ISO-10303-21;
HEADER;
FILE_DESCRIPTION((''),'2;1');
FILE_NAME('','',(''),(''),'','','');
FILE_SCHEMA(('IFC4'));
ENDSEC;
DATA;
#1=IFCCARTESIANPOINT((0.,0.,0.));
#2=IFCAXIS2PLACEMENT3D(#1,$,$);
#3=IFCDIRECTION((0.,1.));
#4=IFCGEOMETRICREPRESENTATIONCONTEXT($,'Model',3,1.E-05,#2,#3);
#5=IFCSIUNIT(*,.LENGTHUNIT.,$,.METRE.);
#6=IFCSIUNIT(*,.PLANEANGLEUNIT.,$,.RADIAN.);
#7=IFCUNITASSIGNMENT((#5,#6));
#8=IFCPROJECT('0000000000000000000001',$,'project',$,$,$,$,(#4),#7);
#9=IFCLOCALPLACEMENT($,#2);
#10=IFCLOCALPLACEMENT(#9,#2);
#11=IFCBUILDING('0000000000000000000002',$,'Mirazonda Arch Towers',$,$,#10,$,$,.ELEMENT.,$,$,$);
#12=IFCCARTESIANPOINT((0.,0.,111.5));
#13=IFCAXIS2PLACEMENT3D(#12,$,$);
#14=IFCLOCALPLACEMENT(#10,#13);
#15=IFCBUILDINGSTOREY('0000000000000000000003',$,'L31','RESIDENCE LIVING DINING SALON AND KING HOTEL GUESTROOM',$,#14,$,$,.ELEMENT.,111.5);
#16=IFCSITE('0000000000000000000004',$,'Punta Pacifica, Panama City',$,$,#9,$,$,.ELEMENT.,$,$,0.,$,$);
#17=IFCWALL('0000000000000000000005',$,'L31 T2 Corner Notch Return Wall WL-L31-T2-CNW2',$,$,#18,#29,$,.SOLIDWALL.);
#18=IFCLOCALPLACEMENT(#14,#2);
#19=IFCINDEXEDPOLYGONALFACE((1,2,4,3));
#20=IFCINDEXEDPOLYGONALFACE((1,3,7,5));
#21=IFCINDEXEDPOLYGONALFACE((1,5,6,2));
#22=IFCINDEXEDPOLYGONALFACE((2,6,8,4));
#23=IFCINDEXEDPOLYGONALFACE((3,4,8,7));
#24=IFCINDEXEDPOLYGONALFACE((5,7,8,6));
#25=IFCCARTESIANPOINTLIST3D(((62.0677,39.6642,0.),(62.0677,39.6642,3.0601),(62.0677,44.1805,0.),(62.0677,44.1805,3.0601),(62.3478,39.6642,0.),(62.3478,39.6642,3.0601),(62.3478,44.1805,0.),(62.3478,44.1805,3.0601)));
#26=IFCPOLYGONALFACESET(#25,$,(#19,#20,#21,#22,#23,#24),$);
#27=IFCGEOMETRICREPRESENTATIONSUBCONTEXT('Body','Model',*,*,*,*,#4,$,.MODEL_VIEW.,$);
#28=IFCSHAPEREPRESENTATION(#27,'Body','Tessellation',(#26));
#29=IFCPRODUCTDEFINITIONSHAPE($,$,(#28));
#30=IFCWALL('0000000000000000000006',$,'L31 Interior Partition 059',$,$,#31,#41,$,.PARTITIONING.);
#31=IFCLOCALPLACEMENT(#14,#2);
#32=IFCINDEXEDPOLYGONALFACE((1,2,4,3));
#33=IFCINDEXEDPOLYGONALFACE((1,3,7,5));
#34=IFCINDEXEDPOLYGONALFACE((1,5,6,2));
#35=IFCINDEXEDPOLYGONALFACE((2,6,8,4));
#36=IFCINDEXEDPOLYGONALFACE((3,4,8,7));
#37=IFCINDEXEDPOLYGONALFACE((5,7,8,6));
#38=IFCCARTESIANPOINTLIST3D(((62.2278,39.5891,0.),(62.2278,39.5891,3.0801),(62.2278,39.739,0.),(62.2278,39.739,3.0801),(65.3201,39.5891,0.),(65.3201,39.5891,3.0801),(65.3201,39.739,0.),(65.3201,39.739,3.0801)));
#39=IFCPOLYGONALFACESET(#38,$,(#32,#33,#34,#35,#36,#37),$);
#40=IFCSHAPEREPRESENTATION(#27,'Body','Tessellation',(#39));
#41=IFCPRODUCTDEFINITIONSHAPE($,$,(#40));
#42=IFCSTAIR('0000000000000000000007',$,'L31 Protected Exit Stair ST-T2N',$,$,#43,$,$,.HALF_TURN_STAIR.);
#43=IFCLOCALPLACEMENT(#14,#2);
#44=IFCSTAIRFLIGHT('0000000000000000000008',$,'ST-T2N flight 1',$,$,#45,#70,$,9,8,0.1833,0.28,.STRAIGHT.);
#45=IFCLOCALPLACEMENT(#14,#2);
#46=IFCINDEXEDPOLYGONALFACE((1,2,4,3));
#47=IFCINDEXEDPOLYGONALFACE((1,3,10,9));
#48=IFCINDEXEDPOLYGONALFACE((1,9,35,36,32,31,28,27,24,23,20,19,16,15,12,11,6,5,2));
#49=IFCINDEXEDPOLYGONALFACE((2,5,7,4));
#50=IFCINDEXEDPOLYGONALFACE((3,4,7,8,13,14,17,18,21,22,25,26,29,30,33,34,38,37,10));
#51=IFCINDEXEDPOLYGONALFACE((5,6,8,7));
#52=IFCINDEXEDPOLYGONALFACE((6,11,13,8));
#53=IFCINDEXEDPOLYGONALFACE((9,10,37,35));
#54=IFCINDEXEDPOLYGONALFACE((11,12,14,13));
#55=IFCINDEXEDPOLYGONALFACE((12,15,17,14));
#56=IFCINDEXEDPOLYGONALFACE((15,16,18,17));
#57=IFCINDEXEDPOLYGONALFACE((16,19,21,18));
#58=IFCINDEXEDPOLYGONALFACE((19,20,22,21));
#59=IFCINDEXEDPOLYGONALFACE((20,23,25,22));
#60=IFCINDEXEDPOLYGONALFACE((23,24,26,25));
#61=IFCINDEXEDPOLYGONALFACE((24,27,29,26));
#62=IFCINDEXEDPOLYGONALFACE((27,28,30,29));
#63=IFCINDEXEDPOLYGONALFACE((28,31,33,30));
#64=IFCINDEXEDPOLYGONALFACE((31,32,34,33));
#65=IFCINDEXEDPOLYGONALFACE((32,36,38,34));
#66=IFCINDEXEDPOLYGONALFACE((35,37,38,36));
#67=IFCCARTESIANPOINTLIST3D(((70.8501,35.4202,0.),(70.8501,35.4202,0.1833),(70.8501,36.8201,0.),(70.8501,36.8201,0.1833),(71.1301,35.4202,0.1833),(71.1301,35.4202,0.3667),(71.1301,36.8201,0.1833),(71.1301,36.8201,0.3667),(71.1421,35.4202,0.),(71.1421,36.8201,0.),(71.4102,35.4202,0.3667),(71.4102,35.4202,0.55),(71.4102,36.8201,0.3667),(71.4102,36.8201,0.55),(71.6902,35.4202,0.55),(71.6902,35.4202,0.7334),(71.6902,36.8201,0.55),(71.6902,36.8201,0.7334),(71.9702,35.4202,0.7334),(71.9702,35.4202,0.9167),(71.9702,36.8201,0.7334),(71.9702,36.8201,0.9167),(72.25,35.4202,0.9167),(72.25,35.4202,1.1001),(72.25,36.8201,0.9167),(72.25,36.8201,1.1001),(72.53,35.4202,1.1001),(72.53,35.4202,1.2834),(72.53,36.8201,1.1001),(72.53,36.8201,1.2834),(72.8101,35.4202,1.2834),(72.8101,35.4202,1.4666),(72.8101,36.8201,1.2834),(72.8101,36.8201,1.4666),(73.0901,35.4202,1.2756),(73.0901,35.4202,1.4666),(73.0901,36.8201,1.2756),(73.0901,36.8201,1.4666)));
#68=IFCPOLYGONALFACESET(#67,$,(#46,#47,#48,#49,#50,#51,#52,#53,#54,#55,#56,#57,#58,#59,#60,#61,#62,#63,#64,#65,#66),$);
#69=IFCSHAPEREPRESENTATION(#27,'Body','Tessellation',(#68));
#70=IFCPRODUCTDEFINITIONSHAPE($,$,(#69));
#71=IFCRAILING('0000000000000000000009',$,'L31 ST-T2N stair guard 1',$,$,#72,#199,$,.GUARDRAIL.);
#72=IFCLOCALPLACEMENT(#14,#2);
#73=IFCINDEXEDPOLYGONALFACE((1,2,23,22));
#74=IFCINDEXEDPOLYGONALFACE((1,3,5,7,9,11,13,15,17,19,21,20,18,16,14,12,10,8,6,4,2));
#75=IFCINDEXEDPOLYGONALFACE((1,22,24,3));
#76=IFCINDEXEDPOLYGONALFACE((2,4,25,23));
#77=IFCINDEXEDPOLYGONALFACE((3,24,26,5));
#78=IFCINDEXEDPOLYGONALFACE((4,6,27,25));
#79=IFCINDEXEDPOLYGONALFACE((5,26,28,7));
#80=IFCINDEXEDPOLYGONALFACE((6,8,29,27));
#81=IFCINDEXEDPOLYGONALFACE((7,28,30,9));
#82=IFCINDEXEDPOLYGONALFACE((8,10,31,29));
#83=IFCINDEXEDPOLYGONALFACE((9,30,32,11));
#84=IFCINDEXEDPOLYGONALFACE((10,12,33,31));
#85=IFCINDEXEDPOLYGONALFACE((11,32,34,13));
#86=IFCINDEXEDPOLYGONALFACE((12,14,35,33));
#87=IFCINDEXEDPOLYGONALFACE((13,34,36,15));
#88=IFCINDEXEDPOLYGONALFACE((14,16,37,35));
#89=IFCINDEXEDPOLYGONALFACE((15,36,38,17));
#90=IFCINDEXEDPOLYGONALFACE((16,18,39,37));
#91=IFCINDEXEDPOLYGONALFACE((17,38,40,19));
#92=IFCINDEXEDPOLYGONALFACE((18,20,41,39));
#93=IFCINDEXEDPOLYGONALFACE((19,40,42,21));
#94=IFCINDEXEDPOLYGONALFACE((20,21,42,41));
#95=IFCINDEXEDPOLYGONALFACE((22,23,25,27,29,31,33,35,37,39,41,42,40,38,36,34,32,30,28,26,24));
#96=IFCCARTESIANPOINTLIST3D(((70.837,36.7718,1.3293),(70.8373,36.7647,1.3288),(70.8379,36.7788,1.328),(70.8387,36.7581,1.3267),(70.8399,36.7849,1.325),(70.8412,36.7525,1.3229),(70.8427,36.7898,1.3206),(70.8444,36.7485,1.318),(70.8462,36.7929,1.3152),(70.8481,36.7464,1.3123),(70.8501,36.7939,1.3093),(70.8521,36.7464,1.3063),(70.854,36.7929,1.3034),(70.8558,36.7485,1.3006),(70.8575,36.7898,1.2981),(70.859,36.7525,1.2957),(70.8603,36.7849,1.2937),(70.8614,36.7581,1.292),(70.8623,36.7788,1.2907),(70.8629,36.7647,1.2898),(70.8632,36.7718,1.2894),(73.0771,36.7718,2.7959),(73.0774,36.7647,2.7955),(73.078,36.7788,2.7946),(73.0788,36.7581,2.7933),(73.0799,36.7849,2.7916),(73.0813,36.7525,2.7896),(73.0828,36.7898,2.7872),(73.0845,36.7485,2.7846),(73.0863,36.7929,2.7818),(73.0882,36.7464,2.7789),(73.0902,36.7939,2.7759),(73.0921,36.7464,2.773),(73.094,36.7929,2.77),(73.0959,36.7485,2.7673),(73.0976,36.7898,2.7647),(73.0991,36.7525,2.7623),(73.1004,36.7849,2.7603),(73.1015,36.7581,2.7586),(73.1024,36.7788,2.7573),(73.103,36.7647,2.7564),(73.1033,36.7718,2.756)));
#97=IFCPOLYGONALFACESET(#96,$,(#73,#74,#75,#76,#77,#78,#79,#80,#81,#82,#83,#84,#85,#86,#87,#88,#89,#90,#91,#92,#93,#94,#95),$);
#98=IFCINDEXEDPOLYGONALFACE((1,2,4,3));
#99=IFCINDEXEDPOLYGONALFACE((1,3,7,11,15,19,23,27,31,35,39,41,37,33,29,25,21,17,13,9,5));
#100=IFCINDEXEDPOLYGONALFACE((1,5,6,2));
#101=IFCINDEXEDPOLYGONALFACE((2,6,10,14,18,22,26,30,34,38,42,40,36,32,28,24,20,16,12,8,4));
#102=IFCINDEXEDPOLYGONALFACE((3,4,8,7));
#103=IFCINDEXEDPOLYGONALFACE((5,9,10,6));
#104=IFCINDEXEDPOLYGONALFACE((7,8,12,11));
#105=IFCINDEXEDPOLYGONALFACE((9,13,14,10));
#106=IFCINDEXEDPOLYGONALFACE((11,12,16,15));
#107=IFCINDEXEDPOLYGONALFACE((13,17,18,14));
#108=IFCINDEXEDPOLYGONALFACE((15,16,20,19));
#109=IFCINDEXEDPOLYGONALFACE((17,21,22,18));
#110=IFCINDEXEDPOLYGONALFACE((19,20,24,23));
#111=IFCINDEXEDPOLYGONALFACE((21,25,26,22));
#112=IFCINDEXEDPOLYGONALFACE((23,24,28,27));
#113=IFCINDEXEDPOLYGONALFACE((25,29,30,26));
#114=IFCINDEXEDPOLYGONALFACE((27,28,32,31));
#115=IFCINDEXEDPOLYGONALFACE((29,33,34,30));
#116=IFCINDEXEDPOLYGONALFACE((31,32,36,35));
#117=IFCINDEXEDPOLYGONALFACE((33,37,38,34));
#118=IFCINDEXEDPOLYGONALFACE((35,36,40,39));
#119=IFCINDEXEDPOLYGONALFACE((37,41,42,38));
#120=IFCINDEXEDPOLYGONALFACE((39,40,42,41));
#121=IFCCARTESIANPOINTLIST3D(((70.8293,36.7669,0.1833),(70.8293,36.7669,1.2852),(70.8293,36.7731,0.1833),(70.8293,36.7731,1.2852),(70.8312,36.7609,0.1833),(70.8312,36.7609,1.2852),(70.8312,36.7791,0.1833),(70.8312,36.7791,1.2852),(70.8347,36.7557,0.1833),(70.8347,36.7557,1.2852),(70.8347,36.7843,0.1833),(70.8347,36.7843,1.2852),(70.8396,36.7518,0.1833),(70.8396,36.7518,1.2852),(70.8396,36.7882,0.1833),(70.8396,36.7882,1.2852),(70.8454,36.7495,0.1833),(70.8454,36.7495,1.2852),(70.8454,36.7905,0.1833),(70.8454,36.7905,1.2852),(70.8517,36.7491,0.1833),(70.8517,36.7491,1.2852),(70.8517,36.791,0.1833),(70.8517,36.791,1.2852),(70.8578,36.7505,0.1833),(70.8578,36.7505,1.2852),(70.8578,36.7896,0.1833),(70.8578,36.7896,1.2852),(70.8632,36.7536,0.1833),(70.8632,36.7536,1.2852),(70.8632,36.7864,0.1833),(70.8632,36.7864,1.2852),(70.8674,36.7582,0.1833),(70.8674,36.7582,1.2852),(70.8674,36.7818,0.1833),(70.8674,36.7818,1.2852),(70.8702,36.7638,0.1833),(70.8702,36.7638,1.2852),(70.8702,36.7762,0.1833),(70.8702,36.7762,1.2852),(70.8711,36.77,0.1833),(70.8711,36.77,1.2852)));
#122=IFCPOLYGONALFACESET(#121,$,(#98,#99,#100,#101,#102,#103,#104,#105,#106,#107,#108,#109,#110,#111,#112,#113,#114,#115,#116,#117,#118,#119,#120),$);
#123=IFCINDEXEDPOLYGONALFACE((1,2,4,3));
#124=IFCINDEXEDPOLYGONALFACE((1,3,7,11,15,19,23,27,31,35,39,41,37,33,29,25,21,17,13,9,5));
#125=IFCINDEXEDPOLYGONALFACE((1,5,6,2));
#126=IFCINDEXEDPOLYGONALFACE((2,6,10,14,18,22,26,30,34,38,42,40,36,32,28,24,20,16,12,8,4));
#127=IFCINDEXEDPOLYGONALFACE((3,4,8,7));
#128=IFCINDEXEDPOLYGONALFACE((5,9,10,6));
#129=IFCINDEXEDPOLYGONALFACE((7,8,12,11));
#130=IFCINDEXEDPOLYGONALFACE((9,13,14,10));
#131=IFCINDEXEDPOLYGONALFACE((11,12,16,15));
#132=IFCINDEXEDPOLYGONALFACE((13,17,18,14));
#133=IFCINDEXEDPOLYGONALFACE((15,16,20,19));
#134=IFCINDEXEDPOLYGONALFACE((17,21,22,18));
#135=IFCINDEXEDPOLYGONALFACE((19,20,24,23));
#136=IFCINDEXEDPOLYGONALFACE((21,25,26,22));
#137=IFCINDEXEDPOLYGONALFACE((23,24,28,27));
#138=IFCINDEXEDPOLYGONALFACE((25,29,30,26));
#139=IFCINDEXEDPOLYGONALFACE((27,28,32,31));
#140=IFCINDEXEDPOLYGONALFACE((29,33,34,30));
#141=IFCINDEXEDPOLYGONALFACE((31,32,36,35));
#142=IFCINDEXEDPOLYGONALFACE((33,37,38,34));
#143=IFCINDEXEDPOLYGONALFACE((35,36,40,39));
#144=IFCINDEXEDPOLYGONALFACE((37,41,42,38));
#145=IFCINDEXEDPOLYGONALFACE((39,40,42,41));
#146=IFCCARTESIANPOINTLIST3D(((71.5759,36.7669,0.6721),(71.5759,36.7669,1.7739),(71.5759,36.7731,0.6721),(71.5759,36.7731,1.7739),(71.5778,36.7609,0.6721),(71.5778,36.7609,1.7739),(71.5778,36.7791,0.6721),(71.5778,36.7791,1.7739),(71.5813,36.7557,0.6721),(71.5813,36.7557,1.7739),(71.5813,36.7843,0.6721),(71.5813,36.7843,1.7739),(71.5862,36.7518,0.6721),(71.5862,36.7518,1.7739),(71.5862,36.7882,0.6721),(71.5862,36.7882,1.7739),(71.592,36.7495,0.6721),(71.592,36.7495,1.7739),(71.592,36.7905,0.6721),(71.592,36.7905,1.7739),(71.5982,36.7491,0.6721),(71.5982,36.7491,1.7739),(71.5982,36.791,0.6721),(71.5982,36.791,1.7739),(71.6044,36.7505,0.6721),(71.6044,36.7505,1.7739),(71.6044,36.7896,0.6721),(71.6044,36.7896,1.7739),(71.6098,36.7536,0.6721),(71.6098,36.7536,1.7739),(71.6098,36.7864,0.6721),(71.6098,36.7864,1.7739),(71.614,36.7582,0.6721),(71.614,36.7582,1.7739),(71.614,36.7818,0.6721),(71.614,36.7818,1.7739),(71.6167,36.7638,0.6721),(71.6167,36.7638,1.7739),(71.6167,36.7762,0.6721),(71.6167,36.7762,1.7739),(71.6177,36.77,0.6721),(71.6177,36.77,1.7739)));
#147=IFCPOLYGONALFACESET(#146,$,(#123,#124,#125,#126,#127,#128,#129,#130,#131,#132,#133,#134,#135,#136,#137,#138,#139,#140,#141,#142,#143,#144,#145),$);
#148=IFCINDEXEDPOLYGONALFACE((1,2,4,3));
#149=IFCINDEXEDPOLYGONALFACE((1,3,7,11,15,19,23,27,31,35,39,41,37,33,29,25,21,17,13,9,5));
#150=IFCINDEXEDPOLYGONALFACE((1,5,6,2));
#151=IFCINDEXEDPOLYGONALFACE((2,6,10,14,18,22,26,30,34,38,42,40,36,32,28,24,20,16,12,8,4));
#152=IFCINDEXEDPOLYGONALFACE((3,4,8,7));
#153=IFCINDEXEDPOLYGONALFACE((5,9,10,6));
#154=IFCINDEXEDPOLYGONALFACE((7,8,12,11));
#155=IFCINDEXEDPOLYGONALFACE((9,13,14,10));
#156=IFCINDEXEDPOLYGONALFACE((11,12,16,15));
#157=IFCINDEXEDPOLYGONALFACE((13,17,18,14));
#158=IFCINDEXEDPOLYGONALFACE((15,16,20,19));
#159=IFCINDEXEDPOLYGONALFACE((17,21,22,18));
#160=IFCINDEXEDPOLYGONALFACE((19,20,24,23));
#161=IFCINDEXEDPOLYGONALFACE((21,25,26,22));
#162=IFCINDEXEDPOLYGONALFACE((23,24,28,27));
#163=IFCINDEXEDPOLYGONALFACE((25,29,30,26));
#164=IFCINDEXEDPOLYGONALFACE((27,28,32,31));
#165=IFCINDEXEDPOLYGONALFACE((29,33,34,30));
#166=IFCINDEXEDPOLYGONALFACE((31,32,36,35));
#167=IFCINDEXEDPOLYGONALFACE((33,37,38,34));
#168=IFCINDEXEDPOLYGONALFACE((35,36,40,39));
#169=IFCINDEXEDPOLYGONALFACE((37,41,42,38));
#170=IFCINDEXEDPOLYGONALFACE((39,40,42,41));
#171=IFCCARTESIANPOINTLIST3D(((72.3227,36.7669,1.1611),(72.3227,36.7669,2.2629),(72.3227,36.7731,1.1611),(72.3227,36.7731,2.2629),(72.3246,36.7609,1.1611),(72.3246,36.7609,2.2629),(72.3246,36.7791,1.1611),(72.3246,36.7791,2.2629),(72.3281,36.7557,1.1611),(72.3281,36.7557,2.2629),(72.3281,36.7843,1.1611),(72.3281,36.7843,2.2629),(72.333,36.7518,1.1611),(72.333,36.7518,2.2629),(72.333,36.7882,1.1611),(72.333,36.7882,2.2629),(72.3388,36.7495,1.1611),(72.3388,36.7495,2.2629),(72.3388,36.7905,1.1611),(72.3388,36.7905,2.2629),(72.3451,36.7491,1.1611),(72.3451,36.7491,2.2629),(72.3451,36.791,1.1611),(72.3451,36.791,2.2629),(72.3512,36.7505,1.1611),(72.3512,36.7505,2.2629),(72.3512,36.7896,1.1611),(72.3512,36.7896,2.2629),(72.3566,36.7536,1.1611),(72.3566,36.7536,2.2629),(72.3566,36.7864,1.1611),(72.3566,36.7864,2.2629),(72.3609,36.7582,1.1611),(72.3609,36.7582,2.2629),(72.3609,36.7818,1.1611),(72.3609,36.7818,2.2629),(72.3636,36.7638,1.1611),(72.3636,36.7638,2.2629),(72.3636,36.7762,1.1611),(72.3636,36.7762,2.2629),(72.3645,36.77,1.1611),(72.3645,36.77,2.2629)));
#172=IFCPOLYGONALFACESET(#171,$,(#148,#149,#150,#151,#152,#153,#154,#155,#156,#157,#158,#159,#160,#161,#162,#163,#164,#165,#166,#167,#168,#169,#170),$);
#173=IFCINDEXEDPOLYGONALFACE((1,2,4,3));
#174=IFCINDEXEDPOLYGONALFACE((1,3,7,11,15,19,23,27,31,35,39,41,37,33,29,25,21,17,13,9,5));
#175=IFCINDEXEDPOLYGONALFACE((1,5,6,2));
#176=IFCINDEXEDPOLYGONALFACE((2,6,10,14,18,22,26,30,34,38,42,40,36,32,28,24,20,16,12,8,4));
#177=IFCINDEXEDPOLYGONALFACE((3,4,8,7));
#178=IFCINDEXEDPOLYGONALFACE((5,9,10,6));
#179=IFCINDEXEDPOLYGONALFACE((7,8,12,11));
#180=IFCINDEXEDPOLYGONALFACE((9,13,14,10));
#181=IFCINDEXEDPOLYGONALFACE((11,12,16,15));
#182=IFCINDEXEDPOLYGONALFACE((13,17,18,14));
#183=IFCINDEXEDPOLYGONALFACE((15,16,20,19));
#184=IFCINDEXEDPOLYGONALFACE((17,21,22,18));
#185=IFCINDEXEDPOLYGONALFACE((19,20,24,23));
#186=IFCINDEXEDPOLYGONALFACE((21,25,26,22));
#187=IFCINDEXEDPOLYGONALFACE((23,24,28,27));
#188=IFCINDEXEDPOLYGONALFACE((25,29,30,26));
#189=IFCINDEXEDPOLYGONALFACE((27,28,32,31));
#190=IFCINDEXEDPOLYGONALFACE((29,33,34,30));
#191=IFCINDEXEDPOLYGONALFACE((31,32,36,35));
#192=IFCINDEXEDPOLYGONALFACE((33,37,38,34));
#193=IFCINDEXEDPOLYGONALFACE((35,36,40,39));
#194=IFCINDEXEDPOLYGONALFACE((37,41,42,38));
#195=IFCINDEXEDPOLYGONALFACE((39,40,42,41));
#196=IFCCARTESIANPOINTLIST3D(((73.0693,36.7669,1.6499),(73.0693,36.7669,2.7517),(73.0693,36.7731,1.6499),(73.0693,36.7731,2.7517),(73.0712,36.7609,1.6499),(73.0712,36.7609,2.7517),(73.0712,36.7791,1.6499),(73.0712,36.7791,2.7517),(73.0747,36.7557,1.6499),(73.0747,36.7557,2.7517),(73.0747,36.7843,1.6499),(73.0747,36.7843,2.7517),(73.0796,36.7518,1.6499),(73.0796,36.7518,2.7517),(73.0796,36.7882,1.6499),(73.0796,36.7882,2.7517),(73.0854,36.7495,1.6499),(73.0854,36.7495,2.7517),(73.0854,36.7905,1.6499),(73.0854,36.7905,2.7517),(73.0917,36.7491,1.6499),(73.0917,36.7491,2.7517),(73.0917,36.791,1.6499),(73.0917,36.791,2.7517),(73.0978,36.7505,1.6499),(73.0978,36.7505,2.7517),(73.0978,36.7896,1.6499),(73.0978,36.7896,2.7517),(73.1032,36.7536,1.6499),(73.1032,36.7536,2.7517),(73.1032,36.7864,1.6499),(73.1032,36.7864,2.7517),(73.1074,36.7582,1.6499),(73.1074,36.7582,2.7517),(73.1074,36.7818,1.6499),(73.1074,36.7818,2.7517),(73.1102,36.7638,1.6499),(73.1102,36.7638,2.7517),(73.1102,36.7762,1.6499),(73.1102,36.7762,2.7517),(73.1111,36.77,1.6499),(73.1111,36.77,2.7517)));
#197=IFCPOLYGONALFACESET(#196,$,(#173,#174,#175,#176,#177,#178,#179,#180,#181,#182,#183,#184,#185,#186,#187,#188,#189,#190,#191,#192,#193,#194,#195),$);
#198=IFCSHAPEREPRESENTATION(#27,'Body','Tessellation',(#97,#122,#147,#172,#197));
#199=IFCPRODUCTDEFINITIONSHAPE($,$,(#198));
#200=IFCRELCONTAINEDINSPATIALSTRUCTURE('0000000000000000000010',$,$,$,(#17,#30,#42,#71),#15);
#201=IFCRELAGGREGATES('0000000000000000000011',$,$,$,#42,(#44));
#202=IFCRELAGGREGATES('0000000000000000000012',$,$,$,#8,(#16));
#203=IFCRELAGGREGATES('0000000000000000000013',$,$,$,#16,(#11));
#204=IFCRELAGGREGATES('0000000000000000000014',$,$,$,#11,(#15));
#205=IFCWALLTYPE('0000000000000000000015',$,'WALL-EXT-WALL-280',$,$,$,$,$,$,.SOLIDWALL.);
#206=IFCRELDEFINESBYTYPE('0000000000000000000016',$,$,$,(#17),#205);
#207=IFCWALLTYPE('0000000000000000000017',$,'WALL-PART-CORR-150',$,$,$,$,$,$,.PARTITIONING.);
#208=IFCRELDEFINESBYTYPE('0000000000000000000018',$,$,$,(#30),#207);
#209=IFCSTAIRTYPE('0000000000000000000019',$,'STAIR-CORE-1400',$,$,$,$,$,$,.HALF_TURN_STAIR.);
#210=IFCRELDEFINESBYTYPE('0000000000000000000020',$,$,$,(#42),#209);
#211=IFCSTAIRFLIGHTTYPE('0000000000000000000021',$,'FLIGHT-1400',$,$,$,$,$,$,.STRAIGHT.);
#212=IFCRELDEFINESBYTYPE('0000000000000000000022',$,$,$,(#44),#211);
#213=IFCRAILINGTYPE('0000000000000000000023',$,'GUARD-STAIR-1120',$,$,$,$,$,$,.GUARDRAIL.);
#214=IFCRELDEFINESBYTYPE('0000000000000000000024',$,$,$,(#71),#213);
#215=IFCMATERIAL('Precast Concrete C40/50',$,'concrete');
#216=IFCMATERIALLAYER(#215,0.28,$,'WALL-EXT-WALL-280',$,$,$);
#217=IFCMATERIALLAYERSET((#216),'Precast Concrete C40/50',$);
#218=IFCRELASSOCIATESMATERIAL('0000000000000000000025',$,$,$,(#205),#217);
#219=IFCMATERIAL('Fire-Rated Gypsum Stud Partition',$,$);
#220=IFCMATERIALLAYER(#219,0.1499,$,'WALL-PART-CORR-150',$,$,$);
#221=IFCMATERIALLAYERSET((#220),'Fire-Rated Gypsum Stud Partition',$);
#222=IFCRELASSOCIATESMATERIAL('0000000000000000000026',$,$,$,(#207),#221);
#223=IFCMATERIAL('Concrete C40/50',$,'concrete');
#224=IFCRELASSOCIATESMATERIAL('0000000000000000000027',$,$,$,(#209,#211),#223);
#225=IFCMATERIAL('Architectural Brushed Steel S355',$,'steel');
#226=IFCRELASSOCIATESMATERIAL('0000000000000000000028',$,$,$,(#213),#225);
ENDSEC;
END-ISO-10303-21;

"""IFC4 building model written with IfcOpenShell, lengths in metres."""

from ifc_helpers import new_model, si_unit, direction, frame, frame_2d, origin, origin_2d, place, context, subcontext, project, spatial, polyline, rectangle, circle, outline, extrude, material, layer, layer_set, type_object, element, aggregate, save


model = new_model("IFC4")

# Units and contexts
model_context = context("Model", 3, precision=1e-05, world=origin(), true_north=direction((0.0, 1.0)))
body_context = subcontext(model_context, "Body", "Model", "MODEL_VIEW")
ifc_project = project(units=[si_unit("LENGTHUNIT", "METRE"), si_unit("PLANEANGLEUNIT", "RADIAN")], contexts=[model_context])

# Site, building, storey
site_placement = place(None, origin())
site = spatial("IfcSite", under=ifc_project, at=site_placement, Name="Punta Pacifica, Panama City", CompositionType="ELEMENT", RefElevation=0.0)
building_placement = place(site_placement, origin())
building = spatial("IfcBuilding", under=site, at=building_placement, Name="Mirazonda Arch Towers", CompositionType="ELEMENT")
storey_placement = place(building_placement, frame((0.0, 0.0, 111.5)))
storey = spatial("IfcBuildingStorey", under=building, at=storey_placement, Name="L31", Description="RESIDENCE LIVING DINING SALON AND KING HOTEL GUESTROOM", CompositionType="ELEMENT", Elevation=111.5)

# Walls
ifc_material_1 = material(Name="Precast Concrete C40/50", Category="concrete")
ifc_layer_1 = layer(ifc_material_1, 0.28, Name="WALL-EXT-WALL-280")
ifc_layer_set_1 = layer_set([ifc_layer_1], Name="Precast Concrete C40/50")
wall_type_1 = type_object("IfcWallType", Name="WALL-EXT-WALL-280", PredefinedType="SOLIDWALL", material=ifc_layer_set_1)
wall_1_placement = place(storey_placement, frame((62.2078, 44.1807, 0.0), z_axis=(0.0, 0.0, 1.0), x_axis=(0.0, -1.0, 0.0)))
element("IfcWall", 1, at=wall_1_placement, inside=storey, type_object=wall_type_1, Name="L31 T2 Corner Notch Return Wall WL-L31-T2-CNW2", PredefinedType="SOLIDWALL", context=body_context, shape_type="SweptSolid", body=[
    extrude(rectangle(XDim=4.5164, YDim=0.28, at=frame_2d((2.2583, 0.0))), origin(), (0.0, 0.0, 1.0), 3.0601),
])
ifc_material_2 = material(Name="Fire-Rated Gypsum Stud Partition")
ifc_layer_2 = layer(ifc_material_2, 0.1499, Name="WALL-PART-CORR-150")
ifc_layer_set_2 = layer_set([ifc_layer_2], Name="Fire-Rated Gypsum Stud Partition")
wall_type_2 = type_object("IfcWallType", Name="WALL-PART-CORR-150", PredefinedType="PARTITIONING", material=ifc_layer_set_2)
wall_2_placement = place(storey_placement, frame((62.2278, 39.6641, 0.0), z_axis=(0.0, 0.0, 1.0), x_axis=(1.0, 0.0, 0.0)))
element("IfcWall", 2, at=wall_2_placement, inside=storey, type_object=wall_type_2, Name="L31 Interior Partition 059", PredefinedType="PARTITIONING", context=body_context, shape_type="SweptSolid", body=[
    extrude(rectangle(XDim=3.0923, YDim=0.1499, at=frame_2d((1.5461, 0.0))), origin(), (0.0, 0.0, 1.0), 3.0801),
])

# Stair, stair flight
ifc_material_3 = material(Name="Concrete C40/50", Category="concrete")
stair_type = type_object("IfcStairType", Name="STAIR-CORE-1400", PredefinedType="HALF_TURN_STAIR", material=ifc_material_3)
stair_placement = place(storey_placement, origin())
stair = element("IfcStair", 3, at=stair_placement, inside=storey, type_object=stair_type, Name="L31 Protected Exit Stair ST-T2N", PredefinedType="HALF_TURN_STAIR")
stair_flight_type = type_object("IfcStairFlightType", Name="FLIGHT-1400", PredefinedType="STRAIGHT", material=ifc_material_3)
stair_flight_placement = place(storey_placement, frame((70.8501, 36.1201, 0.0), z_axis=(0.0, 0.0, 1.0), x_axis=(1.0, 0.0, 0.0)))
stair_flight = element("IfcStairFlight", 4, at=stair_flight_placement, type_object=stair_flight_type, Name="ST-T2N flight 1", NumberOfRisers=9, NumberOfTreads=8, PredefinedType="STRAIGHT", RiserHeight=0.1833, TreadLength=0.28, context=body_context, shape_type="SweptSolid", body=[
    extrude(outline(polyline([(0.0, 0.0), (0.0, 0.1833), (0.28, 0.1833), (0.28, 0.3667), (0.5601, 0.3667), (0.5601, 0.55), (0.8401, 0.55), (0.8401, 0.7334), (1.1201, 0.7334), (1.1201, 0.9167), (1.3999, 0.9167), (1.3999, 1.1001), (1.6799, 1.1001), (1.6799, 1.2834), (1.96, 1.2834), (1.96, 1.4666), (2.24, 1.4666), (2.24, 1.6499), (2.24, 1.2756), (0.292, 0.0), (0.0, 0.0)])), frame((0.0, 0.7, 0.0), z_axis=(0.0, -1.0, 0.0), x_axis=(1.0, 0.0, 0.0)), (0.0, 0.0, 1.0), 1.3999),
])
aggregate(stair, [stair_flight])

# Railing
ifc_material_4 = material(Name="Architectural Brushed Steel S355", Category="steel")
railing_type = type_object("IfcRailingType", Name="GUARD-STAIR-1120", PredefinedType="GUARDRAIL", material=ifc_material_4)
railing_1_placement = place(storey_placement, frame((70.8501, 36.77, 0.1833)))
element("IfcRailing", 5, at=railing_1_placement, inside=storey, type_object=railing_type, Name="L31 ST-T2N stair guard 1", PredefinedType="GUARDRAIL", context=body_context, shape_type="SweptSolid", body=[
    extrude(circle(Radius=0.0239, at=origin_2d()), frame((0.0, 0.0, 1.126), z_axis=(0.836637, 0.0, 0.547758), x_axis=(0.0, 1.0, 0.0)), (0.0, 0.0, 1.0), 2.6775),
    extrude(circle(Radius=0.021, at=origin_2d()), origin(), (0.0, 0.0, 1.0), 1.1018),
    extrude(circle(Radius=0.021, at=origin_2d()), frame((0.7466, 0.0, 0.4888)), (0.0, 0.0, 1.0), 1.1018),
    extrude(circle(Radius=0.021, at=origin_2d()), frame((1.4934, 0.0, 0.9778)), (0.0, 0.0, 1.0), 1.1018),
    extrude(circle(Radius=0.021, at=origin_2d()), frame((2.24, 0.0, 1.4666)), (0.0, 0.0, 1.0), 1.1018),
])

save(model, "model.ifc")
